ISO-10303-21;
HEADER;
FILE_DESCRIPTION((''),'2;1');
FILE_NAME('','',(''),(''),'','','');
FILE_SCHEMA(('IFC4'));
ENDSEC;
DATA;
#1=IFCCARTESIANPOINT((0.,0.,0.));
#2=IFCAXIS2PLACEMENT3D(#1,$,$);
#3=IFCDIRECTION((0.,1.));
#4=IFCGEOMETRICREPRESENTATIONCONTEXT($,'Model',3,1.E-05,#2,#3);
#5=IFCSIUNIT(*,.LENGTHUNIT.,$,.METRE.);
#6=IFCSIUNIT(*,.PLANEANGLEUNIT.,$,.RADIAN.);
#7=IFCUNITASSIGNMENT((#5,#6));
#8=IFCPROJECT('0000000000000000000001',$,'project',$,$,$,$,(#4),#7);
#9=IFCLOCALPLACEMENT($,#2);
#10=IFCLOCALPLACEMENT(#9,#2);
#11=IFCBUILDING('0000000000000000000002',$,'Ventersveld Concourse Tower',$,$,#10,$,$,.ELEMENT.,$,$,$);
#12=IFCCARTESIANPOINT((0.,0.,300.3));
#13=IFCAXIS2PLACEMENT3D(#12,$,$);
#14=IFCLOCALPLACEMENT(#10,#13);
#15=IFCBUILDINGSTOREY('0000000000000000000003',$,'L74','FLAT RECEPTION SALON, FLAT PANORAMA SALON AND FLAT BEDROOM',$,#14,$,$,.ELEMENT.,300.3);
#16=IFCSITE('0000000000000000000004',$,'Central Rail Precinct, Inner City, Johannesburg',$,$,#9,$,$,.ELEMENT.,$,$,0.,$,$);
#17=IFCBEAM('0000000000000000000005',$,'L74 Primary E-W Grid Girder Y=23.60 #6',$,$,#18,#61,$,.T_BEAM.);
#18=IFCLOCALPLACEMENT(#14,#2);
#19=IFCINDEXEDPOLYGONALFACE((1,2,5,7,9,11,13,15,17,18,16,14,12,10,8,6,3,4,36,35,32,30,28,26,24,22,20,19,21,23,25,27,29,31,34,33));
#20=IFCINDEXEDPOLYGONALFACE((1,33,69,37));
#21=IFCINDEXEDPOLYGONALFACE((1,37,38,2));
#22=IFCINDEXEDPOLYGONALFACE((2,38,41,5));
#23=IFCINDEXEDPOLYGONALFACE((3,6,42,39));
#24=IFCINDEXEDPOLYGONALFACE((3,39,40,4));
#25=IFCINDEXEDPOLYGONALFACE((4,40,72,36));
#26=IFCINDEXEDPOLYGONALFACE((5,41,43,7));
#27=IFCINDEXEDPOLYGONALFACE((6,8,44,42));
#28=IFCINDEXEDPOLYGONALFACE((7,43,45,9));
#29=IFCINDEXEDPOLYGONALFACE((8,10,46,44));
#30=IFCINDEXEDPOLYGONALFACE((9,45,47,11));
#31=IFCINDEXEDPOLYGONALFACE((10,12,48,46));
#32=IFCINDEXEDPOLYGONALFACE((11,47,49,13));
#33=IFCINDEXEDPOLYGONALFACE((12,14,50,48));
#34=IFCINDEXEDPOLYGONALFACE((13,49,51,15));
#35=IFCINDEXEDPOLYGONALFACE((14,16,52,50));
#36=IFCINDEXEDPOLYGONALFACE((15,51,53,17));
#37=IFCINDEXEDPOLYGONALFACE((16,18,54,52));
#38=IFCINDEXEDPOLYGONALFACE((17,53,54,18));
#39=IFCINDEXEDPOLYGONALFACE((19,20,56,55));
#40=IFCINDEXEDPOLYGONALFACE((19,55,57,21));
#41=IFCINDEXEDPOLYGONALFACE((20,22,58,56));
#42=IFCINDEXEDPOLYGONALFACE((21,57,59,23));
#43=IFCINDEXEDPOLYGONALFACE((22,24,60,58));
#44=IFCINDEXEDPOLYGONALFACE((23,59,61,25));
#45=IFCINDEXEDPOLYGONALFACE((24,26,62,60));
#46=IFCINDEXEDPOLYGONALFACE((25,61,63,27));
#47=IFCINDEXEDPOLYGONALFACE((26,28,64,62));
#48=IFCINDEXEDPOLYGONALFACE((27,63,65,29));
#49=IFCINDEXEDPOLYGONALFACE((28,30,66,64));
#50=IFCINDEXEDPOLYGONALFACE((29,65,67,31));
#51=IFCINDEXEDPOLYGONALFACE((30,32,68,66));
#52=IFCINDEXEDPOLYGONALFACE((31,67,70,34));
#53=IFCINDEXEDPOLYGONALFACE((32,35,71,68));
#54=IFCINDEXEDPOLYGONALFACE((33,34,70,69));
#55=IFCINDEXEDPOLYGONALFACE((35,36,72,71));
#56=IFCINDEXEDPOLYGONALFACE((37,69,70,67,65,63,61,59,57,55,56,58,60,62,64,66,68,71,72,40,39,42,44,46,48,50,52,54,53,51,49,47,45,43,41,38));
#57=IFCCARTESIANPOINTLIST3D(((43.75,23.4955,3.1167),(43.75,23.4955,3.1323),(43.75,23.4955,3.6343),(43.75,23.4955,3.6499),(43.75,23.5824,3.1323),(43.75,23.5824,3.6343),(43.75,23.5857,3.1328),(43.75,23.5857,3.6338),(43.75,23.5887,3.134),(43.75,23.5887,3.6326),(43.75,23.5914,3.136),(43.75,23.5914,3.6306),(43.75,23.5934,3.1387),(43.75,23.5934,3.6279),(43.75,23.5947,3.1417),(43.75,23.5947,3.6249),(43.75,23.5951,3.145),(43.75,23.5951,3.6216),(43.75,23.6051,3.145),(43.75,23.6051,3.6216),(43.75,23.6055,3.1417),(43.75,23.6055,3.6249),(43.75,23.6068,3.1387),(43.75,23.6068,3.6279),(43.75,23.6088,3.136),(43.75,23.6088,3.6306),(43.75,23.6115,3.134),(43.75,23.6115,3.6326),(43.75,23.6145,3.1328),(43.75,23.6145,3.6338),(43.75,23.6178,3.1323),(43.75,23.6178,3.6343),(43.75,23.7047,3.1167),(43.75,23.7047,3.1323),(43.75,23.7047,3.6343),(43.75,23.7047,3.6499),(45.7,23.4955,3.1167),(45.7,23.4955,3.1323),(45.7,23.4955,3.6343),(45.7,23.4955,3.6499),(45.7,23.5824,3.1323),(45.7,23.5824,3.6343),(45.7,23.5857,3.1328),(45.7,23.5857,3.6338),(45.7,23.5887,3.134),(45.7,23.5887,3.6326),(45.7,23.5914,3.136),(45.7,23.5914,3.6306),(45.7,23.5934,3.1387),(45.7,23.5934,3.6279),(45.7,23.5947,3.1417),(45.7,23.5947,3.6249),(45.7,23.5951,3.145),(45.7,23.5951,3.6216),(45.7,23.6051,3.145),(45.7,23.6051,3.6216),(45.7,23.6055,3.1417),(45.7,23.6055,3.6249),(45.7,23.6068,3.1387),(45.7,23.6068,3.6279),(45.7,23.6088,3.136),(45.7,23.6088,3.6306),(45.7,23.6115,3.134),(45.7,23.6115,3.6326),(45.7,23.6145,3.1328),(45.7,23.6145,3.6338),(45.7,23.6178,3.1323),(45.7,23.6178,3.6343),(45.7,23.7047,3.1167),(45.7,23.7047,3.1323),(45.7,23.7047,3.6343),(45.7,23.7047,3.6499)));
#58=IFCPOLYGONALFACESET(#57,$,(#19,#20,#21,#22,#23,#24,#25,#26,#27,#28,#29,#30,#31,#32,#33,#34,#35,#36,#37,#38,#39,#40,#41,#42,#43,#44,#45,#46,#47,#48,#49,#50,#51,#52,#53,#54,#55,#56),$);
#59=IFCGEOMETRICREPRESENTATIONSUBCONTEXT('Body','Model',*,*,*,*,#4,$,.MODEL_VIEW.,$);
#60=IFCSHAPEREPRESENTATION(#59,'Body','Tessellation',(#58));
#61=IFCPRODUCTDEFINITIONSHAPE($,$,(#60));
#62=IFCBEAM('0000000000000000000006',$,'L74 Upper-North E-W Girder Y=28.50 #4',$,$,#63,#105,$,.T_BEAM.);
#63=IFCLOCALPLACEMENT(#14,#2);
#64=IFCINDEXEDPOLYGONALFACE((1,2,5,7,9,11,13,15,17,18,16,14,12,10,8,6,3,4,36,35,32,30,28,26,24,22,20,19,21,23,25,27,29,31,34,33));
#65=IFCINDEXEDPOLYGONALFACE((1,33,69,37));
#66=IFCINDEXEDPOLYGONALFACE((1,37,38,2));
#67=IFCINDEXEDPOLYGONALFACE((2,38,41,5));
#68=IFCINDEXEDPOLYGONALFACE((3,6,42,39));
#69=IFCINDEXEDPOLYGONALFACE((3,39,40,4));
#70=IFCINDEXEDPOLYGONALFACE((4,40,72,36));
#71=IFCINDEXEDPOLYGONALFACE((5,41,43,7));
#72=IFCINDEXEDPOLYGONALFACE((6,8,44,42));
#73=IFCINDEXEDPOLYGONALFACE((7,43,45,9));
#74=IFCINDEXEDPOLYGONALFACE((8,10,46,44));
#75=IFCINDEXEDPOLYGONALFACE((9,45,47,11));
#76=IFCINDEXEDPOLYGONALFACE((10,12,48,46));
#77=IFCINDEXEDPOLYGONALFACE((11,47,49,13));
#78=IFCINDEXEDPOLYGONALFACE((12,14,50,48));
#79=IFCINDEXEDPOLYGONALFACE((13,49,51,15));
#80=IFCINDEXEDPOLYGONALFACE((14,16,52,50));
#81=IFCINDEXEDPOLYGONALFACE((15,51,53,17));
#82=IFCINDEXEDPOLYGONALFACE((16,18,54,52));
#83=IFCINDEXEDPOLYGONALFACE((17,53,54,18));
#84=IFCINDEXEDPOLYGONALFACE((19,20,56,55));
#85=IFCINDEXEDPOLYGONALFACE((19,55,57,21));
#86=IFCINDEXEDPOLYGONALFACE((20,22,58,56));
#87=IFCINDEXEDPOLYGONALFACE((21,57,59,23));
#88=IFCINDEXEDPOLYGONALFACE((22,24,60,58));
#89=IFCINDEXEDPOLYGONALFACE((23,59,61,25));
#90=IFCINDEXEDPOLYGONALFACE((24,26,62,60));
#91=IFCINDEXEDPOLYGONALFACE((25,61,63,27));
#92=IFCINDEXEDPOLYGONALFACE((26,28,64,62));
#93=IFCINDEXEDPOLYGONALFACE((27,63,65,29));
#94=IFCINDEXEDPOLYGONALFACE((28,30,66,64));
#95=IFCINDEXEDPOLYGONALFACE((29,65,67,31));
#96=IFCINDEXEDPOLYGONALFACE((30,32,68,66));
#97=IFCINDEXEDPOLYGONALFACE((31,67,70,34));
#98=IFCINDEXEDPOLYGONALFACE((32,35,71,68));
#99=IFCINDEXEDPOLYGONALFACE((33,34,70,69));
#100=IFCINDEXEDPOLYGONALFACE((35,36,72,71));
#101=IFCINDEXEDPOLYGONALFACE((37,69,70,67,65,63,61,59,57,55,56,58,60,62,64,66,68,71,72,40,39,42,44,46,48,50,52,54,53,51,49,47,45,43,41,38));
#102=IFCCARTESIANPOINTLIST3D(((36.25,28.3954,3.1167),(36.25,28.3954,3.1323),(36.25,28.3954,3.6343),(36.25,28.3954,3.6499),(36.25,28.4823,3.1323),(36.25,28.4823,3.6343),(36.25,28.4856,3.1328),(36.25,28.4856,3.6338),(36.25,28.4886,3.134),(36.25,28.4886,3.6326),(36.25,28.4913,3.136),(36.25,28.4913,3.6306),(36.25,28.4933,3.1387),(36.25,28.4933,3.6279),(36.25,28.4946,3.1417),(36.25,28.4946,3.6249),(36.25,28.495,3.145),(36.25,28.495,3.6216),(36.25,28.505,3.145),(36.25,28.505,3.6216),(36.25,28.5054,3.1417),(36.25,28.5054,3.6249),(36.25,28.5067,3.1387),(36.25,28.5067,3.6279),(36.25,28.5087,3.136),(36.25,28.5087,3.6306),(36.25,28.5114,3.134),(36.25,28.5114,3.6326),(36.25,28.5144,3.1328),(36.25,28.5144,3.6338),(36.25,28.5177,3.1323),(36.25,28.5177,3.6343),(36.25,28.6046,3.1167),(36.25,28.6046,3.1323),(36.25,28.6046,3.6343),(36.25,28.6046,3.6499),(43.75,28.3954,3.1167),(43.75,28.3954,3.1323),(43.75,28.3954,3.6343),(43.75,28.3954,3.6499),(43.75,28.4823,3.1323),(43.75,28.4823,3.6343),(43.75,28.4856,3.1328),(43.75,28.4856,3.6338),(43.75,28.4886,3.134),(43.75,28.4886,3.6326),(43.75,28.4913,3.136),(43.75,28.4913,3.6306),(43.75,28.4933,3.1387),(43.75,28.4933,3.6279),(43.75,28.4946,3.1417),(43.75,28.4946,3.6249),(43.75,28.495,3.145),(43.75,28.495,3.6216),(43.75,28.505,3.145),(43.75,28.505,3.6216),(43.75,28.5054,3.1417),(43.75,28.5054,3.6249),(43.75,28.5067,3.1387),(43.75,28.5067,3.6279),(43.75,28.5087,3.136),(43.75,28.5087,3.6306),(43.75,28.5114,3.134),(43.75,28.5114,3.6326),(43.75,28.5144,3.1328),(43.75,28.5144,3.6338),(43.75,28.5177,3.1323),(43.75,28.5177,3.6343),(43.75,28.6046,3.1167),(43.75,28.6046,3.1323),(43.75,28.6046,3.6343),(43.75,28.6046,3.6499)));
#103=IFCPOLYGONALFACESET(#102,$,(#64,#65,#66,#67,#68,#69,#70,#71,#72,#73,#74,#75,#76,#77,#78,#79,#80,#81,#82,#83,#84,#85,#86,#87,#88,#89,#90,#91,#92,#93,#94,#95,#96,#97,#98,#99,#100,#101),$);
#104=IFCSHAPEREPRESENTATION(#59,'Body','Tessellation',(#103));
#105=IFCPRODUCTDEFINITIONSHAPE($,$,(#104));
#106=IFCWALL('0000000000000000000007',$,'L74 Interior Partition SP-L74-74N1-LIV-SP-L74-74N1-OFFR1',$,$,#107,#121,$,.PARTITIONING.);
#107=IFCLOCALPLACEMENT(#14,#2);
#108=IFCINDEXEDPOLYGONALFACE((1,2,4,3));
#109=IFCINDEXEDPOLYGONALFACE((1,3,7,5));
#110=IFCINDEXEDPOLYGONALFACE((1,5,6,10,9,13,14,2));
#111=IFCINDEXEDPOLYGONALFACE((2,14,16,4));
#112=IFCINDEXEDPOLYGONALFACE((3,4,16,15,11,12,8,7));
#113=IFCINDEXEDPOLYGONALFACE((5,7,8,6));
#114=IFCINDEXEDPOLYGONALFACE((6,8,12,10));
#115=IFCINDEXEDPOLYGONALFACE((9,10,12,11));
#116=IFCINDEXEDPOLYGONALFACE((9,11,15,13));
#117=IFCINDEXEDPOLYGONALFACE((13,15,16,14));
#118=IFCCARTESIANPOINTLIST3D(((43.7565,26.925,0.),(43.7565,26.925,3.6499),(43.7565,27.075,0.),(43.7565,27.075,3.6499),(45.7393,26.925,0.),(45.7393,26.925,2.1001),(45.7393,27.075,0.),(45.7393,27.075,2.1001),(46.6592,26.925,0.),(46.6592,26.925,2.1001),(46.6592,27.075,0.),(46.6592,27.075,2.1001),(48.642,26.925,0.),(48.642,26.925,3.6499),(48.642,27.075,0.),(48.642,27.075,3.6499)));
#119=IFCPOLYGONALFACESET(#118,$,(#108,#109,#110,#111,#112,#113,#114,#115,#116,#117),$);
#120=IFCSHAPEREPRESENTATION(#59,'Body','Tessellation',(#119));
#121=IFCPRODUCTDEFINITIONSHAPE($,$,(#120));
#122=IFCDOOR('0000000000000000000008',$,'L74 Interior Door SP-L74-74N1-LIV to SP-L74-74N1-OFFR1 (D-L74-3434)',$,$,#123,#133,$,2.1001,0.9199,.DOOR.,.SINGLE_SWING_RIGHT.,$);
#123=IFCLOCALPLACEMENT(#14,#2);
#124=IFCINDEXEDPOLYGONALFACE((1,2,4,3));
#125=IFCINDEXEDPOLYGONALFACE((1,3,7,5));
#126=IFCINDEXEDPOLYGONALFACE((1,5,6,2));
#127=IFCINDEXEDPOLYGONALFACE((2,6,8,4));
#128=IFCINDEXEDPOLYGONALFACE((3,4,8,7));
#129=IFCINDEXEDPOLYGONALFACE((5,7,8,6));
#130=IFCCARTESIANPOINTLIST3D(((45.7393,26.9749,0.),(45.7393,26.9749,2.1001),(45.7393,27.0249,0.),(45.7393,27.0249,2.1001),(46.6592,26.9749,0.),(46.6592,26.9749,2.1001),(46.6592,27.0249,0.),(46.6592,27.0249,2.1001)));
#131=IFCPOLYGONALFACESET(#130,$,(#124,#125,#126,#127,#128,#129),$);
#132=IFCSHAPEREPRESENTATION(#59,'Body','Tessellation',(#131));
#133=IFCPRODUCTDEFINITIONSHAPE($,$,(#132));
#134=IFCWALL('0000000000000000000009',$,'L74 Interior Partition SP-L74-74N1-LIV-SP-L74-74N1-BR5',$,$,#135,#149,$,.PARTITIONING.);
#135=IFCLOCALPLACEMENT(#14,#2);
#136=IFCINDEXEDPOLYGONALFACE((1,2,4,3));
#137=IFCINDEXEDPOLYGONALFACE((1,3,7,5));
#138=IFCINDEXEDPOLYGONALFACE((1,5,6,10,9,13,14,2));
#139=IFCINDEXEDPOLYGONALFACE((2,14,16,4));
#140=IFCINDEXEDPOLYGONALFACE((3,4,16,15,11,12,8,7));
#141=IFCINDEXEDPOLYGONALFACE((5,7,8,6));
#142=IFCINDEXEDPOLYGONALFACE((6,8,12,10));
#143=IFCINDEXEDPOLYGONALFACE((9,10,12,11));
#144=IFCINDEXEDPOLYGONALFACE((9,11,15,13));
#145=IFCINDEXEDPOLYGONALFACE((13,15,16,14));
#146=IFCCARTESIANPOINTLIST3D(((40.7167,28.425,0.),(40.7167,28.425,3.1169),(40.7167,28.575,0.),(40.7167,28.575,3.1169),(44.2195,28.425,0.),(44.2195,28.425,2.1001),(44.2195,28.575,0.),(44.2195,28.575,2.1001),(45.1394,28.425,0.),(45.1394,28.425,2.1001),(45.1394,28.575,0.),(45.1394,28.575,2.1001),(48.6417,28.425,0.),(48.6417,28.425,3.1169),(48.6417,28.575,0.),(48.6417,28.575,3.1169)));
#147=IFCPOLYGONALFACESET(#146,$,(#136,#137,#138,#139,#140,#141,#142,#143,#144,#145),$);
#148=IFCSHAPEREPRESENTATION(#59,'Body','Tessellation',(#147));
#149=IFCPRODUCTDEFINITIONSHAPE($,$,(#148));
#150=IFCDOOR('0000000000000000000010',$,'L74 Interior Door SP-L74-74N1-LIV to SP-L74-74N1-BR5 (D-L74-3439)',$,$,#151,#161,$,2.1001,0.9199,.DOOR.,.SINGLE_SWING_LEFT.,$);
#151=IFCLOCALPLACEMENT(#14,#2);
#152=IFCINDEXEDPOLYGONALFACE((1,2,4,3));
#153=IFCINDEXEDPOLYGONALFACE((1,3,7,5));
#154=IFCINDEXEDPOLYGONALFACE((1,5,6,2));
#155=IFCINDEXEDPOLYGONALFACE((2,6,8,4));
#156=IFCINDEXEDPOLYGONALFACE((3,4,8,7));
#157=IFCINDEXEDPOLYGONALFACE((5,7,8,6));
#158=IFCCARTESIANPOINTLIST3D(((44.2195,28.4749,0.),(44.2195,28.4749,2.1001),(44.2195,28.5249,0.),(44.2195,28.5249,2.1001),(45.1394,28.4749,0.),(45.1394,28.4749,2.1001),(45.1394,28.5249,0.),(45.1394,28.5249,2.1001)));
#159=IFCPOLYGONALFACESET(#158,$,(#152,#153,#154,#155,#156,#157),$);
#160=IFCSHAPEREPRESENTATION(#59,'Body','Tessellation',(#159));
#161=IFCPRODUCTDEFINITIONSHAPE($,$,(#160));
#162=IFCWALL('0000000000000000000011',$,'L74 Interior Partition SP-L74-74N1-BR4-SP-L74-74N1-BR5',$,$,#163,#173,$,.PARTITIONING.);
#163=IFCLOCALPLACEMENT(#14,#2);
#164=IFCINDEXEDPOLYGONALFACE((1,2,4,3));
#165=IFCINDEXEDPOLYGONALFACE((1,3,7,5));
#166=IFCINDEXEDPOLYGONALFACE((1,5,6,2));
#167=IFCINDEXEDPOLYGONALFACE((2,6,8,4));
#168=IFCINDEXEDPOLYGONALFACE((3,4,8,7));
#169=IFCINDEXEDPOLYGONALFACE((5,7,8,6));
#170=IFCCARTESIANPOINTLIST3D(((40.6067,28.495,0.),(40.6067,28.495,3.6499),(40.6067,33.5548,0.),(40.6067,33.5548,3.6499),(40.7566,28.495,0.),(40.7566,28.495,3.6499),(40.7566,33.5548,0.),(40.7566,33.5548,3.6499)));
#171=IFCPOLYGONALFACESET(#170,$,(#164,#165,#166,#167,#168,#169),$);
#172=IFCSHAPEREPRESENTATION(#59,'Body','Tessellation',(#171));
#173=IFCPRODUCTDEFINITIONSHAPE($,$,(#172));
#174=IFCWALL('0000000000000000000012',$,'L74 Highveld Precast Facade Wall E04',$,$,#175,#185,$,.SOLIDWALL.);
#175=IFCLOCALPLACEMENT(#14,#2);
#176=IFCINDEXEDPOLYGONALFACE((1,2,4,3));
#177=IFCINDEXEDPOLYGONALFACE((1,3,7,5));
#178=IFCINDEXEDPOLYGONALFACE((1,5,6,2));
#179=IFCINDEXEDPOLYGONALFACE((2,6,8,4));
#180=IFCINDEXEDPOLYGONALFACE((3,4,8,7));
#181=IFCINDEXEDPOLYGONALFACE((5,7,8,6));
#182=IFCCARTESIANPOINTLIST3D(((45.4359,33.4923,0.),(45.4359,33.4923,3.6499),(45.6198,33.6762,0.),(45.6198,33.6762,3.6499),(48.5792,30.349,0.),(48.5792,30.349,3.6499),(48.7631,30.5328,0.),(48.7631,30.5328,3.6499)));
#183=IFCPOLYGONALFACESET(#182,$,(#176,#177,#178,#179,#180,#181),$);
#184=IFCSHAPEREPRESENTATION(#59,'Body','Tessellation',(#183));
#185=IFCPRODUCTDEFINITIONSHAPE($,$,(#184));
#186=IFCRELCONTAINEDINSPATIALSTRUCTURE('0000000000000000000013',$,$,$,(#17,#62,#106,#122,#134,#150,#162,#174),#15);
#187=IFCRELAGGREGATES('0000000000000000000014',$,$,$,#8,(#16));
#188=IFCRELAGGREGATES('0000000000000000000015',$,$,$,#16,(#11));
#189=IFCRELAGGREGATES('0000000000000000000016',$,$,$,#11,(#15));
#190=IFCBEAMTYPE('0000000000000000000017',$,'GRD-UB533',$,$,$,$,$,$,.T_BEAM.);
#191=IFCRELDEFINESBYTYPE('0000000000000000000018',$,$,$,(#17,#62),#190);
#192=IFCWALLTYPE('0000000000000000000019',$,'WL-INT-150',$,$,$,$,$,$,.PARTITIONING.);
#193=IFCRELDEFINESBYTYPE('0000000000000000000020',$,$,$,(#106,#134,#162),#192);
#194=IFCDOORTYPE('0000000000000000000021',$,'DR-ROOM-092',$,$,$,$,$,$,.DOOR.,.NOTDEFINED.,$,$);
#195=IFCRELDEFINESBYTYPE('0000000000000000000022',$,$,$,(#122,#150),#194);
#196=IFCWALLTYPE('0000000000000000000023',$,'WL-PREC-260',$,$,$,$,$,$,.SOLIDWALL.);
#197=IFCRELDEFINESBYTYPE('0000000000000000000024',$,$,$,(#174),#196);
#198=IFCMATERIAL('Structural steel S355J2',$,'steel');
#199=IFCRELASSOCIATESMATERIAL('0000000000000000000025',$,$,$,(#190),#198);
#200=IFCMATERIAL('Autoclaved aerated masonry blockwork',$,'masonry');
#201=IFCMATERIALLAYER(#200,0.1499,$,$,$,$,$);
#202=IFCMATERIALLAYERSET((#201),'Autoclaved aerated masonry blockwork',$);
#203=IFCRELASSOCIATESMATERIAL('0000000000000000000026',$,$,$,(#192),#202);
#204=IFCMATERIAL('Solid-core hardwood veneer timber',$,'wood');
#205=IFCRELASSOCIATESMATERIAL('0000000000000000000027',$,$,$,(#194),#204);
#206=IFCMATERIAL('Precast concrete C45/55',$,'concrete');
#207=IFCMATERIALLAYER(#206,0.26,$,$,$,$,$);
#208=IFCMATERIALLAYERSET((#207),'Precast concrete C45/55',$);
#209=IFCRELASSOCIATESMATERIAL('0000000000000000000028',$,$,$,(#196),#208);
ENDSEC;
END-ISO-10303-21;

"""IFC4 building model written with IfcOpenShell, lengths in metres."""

from ifc_helpers import new_model, si_unit, direction, frame, frame_2d, origin, origin_2d, place, context, subcontext, project, spatial, rectangle, i_section, extrude, material, layer, layer_set, material_profile, profile_set, type_object, element, fill, save


model = new_model("IFC4")

# Units and contexts
model_context = context("Model", 3, precision=1e-05, world=origin(), true_north=direction((0.0, 1.0)))
body_context = subcontext(model_context, "Body", "Model", "MODEL_VIEW")
ifc_project = project(units=[si_unit("LENGTHUNIT", "METRE"), si_unit("PLANEANGLEUNIT", "RADIAN")], contexts=[model_context])

# Site, building, storey
site_placement = place(None, origin())
site = spatial("IfcSite", under=ifc_project, at=site_placement, Name="Central Rail Precinct, Inner City, Johannesburg", CompositionType="ELEMENT", RefElevation=0.0)
building_placement = place(site_placement, origin())
building = spatial("IfcBuilding", under=site, at=building_placement, Name="Ventersveld Concourse Tower", CompositionType="ELEMENT")
storey_placement = place(building_placement, frame((0.0, 0.0, 300.3)))
storey = spatial("IfcBuildingStorey", under=building, at=storey_placement, Name="L74", Description="FLAT RECEPTION SALON, FLAT PANORAMA SALON AND FLAT BEDROOM", CompositionType="ELEMENT", Elevation=300.3)

# Beams
ifc_material_1 = material(Name="Structural steel S355J2", Category="steel")
ifc_material_profile_1 = material_profile(ifc_material_1, i_section(OverallWidth=0.2092, OverallDepth=0.5332, WebThickness=0.01, FlangeThickness=0.0156, FilletRadius=0.0127, at=origin_2d()), Name="UB 533x210x92")
ifc_profile_set_1 = profile_set([ifc_material_profile_1], Name="Structural steel S355J2")
beam_type_1 = type_object("IfcBeamType", Name="GRD-UB533", PredefinedType="T_BEAM", material=ifc_profile_set_1)
beam_1_placement = place(storey_placement, frame((43.75, 23.6001, 3.3833), z_axis=(1.0, 0.0, 0.0), x_axis=(0.0, 1.0, 0.0)))
element("IfcBeam", 1, at=beam_1_placement, inside=storey, type_object=beam_type_1, Name="L74 Primary E-W Grid Girder Y=23.60 #6", PredefinedType="T_BEAM", context=body_context, shape_type="SweptSolid", body=[
    extrude(i_section(OverallWidth=0.2092, OverallDepth=0.5332, WebThickness=0.01, FlangeThickness=0.0156, FilletRadius=0.0127, at=origin_2d()), origin(), (0.0, 0.0, 1.0), 1.95),
])
beam_2_placement = place(storey_placement, frame((36.25, 28.5, 3.3833), z_axis=(1.0, 0.0, 0.0), x_axis=(0.0, 1.0, 0.0)))
element("IfcBeam", 2, at=beam_2_placement, inside=storey, type_object=beam_type_1, Name="L74 Upper-North E-W Girder Y=28.50 #4", PredefinedType="T_BEAM", context=body_context, shape_type="SweptSolid", body=[
    extrude(i_section(OverallWidth=0.2092, OverallDepth=0.5332, WebThickness=0.01, FlangeThickness=0.0156, FilletRadius=0.0127, at=origin_2d()), origin(), (0.0, 0.0, 1.0), 7.5),
])

# Walls, openings, doors
ifc_material_2 = material(Name="Autoclaved aerated masonry blockwork", Category="masonry")
ifc_layer_1 = layer(ifc_material_2, 0.1499)
ifc_layer_set_1 = layer_set([ifc_layer_1], Name="Autoclaved aerated masonry blockwork")
wall_type_1 = type_object("IfcWallType", Name="WL-INT-150", PredefinedType="PARTITIONING", material=ifc_layer_set_1)
wall_1_placement = place(storey_placement, frame((43.7563, 27.0, 0.0), z_axis=(0.0, 0.0, 1.0), x_axis=(1.0, 0.0, 0.0)))
wall_1 = element("IfcWall", 3, at=wall_1_placement, inside=storey, type_object=wall_type_1, Name="L74 Interior Partition SP-L74-74N1-LIV-SP-L74-74N1-OFFR1", PredefinedType="PARTITIONING", context=body_context, shape_type="SweptSolid", body=[
    extrude(rectangle(XDim=4.8855, YDim=0.1499, at=frame_2d((2.4429, 0.0))), origin(), (0.0, 0.0, 1.0), 3.6499),
])
opening_1_placement = place(wall_1_placement, frame((1.9829, 0.0, 0.0)))
opening_1 = element("IfcOpeningElement", 4, at=opening_1_placement, cuts=wall_1, PredefinedType="OPENING", context=body_context, shape_type="SweptSolid", body=[
    extrude(rectangle(XDim=0.9199, YDim=2.1001, at=frame_2d((0.46, 1.05))), frame((0.0, 0.085, 0.0), z_axis=(0.0, -1.0, 0.0), x_axis=(1.0, 0.0, 0.0)), (0.0, 0.0, 1.0), 0.1699),
])
ifc_material_3 = material(Name="Solid-core hardwood veneer timber", Category="wood")
door_type = type_object("IfcDoorType", Name="DR-ROOM-092", OperationType="NOTDEFINED", PredefinedType="DOOR", material=ifc_material_3)
door_1_placement = place(opening_1_placement, origin())
door_1 = element("IfcDoor", 5, at=door_1_placement, inside=storey, type_object=door_type, Name="L74 Interior Door SP-L74-74N1-LIV to SP-L74-74N1-OFFR1 (D-L74-3434)", OperationType="SINGLE_SWING_RIGHT", OverallHeight=2.1001, OverallWidth=0.9199, PredefinedType="DOOR", context=body_context, shape_type="SweptSolid", body=[
    extrude(rectangle(XDim=0.9199, YDim=2.1001, at=frame_2d((0.46, 1.05))), frame((0.0, 0.0249, 0.0), z_axis=(0.0, -1.0, 0.0), x_axis=(1.0, 0.0, 0.0)), (0.0, 0.0, 1.0), 0.05),
])
fill(opening_1, door_1)
wall_2_placement = place(storey_placement, frame((40.7168, 28.5, 0.0), z_axis=(0.0, 0.0, 1.0), x_axis=(1.0, 0.0, 0.0)))
wall_2 = element("IfcWall", 6, at=wall_2_placement, inside=storey, type_object=wall_type_1, Name="L74 Interior Partition SP-L74-74N1-LIV-SP-L74-74N1-BR5", PredefinedType="PARTITIONING", context=body_context, shape_type="SweptSolid", body=[
    extrude(rectangle(XDim=7.925, YDim=0.1499, at=frame_2d((3.9624, 0.0))), origin(), (0.0, 0.0, 1.0), 3.1169),
])
opening_2_placement = place(wall_2_placement, frame((3.5027, 0.0, 0.0)))
opening_2 = element("IfcOpeningElement", 7, at=opening_2_placement, cuts=wall_2, PredefinedType="OPENING", context=body_context, shape_type="SweptSolid", body=[
    extrude(rectangle(XDim=0.9199, YDim=2.1001, at=frame_2d((0.46, 1.05))), frame((0.0, 0.085, 0.0), z_axis=(0.0, -1.0, 0.0), x_axis=(1.0, 0.0, 0.0)), (0.0, 0.0, 1.0), 0.1699),
])
door_2_placement = place(opening_2_placement, origin())
door_2 = element("IfcDoor", 8, at=door_2_placement, inside=storey, type_object=door_type, Name="L74 Interior Door SP-L74-74N1-LIV to SP-L74-74N1-BR5 (D-L74-3439)", OperationType="SINGLE_SWING_LEFT", OverallHeight=2.1001, OverallWidth=0.9199, PredefinedType="DOOR", context=body_context, shape_type="SweptSolid", body=[
    extrude(rectangle(XDim=0.9199, YDim=2.1001, at=frame_2d((0.46, 1.05))), frame((0.0, 0.0249, 0.0), z_axis=(0.0, -1.0, 0.0), x_axis=(1.0, 0.0, 0.0)), (0.0, 0.0, 1.0), 0.05),
])
fill(opening_2, door_2)

# Walls
wall_3_placement = place(storey_placement, frame((40.6816, 28.4951, 0.0), z_axis=(0.0, 0.0, 1.0), x_axis=(0.0, 1.0, 0.0)))
element("IfcWall", 9, at=wall_3_placement, inside=storey, type_object=wall_type_1, Name="L74 Interior Partition SP-L74-74N1-BR4-SP-L74-74N1-BR5", PredefinedType="PARTITIONING", context=body_context, shape_type="SweptSolid", body=[
    extrude(rectangle(XDim=5.0598, YDim=0.1499, at=frame_2d((2.5298, 0.0))), origin(), (0.0, 0.0, 1.0), 3.6499),
])
ifc_material_4 = material(Name="Precast concrete C45/55", Category="concrete")
ifc_layer_2 = layer(ifc_material_4, 0.26)
ifc_layer_set_2 = layer_set([ifc_layer_2], Name="Precast concrete C45/55")
wall_type_2 = type_object("IfcWallType", Name="WL-PREC-260", PredefinedType="SOLIDWALL", material=ifc_layer_set_2)
wall_4_placement = place(storey_placement, frame((48.6711, 30.4409, 0.0), z_axis=(0.0, 0.0, 1.0), x_axis=(-0.707107, 0.707107, 0.0)))
element("IfcWall", 10, at=wall_4_placement, inside=storey, type_object=wall_type_2, Name="L74 Highveld Precast Facade Wall E04", PredefinedType="SOLIDWALL", context=body_context, shape_type="SweptSolid", body=[
    extrude(rectangle(XDim=4.4453, YDim=0.26, at=frame_2d((2.2227, 0.0))), origin(), (0.0, 0.0, 1.0), 3.6499),
])

save(model, "model.ifc")
